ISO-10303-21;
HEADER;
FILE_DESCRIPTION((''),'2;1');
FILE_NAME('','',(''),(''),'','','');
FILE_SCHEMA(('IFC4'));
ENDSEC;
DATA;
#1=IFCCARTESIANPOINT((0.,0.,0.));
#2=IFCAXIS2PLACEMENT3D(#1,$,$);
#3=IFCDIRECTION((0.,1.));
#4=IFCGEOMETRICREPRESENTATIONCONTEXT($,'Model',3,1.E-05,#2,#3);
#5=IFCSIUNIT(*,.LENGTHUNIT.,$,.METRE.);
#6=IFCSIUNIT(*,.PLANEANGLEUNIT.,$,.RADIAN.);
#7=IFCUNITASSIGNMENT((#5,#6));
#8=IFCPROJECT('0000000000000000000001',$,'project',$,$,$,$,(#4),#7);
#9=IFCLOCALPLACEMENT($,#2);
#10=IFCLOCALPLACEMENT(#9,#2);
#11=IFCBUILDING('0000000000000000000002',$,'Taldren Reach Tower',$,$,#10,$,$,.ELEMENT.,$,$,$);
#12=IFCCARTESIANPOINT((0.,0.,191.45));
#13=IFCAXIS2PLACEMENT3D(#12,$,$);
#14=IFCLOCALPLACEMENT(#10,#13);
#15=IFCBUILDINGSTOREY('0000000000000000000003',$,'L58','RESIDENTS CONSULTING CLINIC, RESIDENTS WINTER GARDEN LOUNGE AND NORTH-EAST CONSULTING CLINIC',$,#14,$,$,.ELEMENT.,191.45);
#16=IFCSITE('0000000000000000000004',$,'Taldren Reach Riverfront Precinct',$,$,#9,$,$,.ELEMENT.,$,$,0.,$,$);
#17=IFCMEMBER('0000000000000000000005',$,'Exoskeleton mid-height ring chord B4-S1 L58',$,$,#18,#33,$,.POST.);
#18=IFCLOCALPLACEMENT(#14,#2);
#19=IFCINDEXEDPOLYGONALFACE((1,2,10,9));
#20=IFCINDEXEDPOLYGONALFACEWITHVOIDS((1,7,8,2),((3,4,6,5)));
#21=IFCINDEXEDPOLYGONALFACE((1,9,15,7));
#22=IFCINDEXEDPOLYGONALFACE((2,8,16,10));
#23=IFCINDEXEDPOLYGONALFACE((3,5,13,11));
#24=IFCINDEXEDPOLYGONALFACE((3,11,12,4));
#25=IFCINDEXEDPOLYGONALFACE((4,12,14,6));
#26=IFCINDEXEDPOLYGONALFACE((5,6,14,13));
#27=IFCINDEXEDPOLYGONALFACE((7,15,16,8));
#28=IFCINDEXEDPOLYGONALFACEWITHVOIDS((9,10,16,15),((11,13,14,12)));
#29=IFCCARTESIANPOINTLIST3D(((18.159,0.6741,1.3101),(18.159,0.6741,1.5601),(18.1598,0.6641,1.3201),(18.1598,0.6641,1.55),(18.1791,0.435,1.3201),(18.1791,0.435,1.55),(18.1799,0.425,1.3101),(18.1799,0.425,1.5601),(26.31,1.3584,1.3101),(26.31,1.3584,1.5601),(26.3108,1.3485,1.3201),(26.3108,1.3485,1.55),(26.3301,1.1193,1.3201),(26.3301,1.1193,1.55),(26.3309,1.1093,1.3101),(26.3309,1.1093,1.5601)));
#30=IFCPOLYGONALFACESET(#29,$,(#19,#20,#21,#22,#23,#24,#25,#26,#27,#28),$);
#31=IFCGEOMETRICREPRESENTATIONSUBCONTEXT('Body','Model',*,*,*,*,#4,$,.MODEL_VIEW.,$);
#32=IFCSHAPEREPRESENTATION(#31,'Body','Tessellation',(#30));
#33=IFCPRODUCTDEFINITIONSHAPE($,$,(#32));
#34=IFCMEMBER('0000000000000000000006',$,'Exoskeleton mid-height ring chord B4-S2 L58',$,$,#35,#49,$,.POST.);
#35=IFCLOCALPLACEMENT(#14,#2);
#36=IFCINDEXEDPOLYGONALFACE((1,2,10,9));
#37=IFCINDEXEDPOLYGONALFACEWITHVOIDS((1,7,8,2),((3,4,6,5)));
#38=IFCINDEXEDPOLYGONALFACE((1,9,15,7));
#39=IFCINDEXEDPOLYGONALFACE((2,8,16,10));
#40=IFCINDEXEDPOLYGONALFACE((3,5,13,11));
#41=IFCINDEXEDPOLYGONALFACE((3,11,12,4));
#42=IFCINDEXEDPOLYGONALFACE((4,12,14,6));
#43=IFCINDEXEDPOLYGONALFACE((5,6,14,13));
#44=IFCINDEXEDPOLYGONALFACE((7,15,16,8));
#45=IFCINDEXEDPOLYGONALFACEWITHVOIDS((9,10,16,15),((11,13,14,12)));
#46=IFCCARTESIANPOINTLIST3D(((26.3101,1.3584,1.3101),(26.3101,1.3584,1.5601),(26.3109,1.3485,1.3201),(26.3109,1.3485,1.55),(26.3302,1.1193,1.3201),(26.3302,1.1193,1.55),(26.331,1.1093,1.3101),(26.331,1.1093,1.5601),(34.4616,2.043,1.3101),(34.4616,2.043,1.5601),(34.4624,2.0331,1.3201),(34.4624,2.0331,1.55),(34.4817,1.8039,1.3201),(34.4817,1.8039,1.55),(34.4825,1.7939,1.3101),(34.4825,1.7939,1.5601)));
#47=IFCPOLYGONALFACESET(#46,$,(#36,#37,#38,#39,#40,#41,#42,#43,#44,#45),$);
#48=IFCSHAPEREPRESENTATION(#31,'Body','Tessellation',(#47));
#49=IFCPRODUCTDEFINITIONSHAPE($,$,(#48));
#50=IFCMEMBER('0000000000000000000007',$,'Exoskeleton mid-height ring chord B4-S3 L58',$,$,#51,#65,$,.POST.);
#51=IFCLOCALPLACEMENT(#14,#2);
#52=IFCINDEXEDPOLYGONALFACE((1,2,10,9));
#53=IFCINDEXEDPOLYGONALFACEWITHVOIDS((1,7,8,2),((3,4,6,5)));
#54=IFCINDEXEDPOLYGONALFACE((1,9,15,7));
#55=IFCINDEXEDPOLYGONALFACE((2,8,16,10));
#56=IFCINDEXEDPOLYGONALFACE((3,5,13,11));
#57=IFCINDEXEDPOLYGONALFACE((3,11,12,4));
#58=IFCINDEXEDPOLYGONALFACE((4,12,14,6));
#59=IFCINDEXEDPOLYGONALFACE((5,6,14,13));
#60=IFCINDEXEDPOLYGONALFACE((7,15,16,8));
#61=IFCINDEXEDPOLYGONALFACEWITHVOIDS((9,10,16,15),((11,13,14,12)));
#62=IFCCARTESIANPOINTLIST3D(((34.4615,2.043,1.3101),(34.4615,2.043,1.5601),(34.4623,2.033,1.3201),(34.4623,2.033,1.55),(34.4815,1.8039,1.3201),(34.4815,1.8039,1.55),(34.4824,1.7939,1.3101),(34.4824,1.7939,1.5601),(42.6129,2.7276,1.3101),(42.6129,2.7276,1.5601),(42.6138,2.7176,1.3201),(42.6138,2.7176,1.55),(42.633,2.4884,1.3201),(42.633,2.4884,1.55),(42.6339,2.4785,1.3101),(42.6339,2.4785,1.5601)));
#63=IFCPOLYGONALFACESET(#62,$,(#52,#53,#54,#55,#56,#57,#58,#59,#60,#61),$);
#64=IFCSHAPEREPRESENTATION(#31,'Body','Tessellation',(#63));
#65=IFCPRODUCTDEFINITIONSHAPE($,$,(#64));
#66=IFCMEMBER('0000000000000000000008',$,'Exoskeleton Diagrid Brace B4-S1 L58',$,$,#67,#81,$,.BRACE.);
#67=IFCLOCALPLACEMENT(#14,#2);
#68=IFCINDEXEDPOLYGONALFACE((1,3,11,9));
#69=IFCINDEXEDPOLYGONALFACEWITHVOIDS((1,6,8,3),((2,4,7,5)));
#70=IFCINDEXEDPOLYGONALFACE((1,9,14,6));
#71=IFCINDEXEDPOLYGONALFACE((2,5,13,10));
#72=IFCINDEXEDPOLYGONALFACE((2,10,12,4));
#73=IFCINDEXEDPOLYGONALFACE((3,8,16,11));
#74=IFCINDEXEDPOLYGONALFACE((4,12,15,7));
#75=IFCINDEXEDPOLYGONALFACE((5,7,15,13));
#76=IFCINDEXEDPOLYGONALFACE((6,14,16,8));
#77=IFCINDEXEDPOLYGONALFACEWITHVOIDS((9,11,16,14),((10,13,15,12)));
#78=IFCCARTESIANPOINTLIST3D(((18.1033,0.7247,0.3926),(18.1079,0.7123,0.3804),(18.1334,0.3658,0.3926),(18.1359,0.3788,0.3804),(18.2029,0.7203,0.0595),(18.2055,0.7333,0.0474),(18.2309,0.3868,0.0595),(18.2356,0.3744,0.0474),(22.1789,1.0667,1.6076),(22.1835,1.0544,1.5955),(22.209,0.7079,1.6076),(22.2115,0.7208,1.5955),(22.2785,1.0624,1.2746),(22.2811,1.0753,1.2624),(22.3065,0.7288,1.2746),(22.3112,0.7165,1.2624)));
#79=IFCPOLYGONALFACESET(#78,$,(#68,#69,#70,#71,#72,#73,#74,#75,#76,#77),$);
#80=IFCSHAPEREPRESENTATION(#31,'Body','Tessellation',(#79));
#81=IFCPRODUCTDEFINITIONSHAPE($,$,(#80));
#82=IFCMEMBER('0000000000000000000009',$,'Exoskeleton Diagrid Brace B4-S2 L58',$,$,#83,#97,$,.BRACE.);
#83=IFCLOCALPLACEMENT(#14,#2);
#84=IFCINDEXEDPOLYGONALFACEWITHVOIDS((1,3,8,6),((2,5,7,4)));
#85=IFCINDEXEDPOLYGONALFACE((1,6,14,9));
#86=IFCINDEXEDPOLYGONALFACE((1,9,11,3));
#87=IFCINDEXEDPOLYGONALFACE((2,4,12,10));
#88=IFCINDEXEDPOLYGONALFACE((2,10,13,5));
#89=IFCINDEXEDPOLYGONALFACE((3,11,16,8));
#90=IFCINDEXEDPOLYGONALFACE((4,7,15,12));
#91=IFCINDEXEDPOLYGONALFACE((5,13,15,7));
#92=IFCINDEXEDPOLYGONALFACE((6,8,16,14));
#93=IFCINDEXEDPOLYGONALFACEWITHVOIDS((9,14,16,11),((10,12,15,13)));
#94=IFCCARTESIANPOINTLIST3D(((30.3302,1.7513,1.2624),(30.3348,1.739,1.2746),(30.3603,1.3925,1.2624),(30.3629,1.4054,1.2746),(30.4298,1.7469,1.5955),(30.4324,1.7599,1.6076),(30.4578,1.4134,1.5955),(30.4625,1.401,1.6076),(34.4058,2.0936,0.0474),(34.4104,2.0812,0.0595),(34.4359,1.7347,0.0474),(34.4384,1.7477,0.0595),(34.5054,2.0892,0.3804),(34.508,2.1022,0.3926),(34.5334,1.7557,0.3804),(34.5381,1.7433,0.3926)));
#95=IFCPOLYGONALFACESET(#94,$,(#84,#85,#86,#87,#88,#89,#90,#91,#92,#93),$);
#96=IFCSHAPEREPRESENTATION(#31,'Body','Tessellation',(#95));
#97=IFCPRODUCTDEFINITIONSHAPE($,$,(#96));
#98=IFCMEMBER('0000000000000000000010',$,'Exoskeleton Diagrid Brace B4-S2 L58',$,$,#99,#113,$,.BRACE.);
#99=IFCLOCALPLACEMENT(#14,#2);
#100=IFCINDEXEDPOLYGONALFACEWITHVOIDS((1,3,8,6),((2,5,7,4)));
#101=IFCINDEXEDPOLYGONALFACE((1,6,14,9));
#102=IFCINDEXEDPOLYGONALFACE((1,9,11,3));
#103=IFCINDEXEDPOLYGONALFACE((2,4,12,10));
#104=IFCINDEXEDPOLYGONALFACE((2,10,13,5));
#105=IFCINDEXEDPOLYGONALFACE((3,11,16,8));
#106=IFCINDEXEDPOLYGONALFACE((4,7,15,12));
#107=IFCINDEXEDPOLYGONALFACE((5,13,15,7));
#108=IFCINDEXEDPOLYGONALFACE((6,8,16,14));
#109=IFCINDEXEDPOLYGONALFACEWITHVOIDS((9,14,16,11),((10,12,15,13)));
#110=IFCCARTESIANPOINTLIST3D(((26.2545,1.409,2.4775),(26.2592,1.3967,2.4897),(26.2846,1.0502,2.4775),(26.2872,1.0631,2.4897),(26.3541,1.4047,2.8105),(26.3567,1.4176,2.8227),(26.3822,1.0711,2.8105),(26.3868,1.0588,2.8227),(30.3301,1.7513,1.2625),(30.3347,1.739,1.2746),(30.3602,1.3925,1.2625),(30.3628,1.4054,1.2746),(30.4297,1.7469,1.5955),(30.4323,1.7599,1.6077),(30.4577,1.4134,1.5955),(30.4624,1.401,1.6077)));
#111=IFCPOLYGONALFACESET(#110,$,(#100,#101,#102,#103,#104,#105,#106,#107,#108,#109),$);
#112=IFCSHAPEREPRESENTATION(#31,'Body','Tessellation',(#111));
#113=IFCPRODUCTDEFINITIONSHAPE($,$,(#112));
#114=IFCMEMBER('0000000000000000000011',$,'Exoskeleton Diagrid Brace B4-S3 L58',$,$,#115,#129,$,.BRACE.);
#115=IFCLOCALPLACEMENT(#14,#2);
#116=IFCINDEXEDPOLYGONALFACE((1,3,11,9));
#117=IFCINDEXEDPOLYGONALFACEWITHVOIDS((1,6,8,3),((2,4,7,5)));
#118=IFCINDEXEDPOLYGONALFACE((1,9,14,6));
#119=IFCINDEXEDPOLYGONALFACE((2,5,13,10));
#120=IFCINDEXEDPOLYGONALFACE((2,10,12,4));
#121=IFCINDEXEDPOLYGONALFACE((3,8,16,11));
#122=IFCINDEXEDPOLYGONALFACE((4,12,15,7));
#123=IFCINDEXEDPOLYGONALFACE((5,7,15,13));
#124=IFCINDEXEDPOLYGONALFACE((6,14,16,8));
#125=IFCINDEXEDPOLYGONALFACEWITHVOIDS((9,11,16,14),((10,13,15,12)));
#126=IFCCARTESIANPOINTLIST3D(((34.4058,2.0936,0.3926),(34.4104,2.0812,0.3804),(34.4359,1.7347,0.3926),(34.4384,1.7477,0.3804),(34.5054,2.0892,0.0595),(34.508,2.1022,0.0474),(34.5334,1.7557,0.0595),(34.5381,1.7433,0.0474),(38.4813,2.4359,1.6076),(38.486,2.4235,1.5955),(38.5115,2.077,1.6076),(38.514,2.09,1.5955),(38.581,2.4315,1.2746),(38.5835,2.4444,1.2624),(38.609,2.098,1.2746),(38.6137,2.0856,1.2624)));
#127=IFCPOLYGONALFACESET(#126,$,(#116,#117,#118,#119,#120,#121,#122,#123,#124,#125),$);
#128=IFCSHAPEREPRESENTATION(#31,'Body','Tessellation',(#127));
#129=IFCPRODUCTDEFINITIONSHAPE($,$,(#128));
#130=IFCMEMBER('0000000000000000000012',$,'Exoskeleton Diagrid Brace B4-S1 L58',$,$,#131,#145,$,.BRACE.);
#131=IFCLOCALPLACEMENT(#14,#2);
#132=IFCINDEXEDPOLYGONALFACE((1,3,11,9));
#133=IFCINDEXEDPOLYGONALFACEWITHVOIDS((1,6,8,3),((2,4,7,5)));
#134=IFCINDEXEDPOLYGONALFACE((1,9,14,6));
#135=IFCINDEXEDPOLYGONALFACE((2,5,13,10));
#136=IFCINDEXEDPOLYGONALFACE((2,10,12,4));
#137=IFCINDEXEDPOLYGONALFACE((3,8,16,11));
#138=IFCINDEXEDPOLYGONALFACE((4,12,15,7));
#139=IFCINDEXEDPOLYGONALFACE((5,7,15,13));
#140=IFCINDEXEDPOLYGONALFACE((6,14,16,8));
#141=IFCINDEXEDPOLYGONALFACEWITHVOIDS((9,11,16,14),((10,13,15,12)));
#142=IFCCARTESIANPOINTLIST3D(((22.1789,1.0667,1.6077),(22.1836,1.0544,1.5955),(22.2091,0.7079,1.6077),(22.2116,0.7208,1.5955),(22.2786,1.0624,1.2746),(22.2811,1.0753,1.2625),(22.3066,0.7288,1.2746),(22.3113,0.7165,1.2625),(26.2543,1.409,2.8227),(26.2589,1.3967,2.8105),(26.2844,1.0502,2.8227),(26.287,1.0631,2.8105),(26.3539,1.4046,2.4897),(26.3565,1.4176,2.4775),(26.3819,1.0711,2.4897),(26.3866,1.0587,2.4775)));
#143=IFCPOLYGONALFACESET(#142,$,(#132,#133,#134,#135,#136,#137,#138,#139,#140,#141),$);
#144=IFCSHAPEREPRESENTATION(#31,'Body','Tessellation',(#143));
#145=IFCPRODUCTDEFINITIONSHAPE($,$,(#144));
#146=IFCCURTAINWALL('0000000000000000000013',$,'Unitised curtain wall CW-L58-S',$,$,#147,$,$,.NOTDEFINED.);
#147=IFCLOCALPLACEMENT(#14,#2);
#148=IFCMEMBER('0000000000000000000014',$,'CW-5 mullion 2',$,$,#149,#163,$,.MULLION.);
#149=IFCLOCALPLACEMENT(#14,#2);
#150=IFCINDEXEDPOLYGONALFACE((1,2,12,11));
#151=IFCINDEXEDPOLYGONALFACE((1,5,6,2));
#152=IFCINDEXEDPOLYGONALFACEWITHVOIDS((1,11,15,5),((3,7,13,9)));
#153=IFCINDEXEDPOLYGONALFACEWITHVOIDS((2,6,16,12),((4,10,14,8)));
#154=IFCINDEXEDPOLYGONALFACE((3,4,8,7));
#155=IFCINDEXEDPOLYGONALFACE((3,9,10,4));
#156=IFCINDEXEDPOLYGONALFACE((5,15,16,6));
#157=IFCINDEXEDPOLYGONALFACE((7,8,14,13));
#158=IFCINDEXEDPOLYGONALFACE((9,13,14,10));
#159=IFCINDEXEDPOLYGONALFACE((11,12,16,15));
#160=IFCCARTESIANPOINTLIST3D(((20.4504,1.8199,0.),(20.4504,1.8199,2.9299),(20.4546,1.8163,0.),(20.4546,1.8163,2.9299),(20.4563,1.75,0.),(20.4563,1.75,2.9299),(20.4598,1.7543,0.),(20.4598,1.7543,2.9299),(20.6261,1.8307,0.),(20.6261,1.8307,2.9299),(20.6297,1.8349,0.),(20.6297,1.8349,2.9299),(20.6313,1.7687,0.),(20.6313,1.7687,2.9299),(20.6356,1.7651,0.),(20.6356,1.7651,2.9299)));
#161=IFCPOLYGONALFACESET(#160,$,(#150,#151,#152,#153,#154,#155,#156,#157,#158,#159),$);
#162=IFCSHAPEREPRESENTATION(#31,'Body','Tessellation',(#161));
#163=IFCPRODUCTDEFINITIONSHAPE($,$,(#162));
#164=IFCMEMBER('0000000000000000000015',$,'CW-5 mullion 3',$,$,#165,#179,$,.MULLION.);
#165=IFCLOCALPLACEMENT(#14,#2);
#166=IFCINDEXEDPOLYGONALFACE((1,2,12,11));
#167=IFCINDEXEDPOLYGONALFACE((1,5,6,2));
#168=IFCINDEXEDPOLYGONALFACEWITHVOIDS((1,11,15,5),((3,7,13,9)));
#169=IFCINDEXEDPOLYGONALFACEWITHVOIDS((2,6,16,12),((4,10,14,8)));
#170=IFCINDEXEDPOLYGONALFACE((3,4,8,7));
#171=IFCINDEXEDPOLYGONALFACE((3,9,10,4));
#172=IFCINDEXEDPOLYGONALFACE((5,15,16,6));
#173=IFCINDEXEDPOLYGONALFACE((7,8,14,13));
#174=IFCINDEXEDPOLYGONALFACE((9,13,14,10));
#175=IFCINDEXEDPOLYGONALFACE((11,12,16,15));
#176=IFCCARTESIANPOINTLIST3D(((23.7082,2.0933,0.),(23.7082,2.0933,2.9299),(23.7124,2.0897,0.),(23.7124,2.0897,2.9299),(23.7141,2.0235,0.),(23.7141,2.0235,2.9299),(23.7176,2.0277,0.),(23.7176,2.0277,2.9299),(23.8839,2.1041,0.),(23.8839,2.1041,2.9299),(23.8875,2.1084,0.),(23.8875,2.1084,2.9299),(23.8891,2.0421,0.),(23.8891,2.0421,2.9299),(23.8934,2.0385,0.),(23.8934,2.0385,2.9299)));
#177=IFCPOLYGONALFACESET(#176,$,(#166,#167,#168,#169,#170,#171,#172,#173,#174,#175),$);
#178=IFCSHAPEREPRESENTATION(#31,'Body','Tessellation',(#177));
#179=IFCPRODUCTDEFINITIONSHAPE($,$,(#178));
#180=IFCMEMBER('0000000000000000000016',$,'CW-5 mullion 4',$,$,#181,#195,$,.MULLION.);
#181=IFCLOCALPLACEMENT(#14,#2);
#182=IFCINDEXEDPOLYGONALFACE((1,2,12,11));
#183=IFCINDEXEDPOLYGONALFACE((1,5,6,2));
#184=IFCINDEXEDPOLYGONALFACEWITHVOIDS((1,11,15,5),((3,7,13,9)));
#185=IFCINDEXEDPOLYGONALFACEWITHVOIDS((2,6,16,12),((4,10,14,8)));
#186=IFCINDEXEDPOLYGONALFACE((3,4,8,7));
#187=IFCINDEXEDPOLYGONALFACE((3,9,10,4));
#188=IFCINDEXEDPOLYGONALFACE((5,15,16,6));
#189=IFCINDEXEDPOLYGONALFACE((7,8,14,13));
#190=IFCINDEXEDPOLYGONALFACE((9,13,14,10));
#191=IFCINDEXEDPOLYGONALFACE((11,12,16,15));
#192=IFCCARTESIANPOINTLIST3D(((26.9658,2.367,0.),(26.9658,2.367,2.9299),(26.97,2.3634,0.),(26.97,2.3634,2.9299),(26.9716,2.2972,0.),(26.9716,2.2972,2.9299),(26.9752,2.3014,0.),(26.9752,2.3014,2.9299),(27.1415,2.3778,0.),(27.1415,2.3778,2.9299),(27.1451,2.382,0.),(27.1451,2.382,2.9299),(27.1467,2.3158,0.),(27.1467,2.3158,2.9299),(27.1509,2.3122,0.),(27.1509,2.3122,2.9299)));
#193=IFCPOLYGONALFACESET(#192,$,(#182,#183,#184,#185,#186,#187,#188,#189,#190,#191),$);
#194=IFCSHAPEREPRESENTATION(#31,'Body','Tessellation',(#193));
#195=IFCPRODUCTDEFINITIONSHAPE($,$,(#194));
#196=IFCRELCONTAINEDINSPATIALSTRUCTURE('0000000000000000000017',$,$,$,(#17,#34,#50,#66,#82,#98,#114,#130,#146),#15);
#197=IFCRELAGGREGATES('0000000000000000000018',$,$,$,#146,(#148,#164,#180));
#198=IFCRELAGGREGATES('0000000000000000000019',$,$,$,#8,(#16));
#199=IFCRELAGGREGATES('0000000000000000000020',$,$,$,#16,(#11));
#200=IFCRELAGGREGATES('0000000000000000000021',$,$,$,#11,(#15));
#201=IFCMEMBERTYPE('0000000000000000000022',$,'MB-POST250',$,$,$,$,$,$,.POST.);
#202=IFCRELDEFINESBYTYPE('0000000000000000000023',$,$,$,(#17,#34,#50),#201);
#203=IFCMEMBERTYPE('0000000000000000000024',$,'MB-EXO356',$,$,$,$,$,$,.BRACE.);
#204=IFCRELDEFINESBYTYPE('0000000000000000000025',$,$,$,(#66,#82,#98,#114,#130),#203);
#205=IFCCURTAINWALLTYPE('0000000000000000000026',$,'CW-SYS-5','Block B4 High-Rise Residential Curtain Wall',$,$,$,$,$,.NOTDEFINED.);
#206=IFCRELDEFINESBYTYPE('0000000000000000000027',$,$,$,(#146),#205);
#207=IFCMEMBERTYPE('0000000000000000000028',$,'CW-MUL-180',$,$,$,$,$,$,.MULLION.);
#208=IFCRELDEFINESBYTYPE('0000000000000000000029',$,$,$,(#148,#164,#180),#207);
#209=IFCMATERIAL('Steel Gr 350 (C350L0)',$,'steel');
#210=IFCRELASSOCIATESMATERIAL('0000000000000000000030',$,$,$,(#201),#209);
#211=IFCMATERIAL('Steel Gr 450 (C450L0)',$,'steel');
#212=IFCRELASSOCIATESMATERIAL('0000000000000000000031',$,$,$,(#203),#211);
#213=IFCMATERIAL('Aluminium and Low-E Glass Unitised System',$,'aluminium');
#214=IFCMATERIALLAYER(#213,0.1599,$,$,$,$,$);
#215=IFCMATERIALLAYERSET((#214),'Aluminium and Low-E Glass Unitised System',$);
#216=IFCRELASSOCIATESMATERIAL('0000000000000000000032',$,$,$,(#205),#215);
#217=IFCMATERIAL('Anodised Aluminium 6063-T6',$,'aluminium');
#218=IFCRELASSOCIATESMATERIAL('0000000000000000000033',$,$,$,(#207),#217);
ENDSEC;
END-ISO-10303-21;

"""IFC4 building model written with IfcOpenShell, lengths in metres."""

from ifc_helpers import new_model, si_unit, direction, frame, origin, origin_2d, place, context, subcontext, project, spatial, hollow_rectangle, extrude, source, transform, mapped, material, layer, layer_set, material_profile, profile_set, type_object, element, aggregate, save


model = new_model("IFC4")

# Units and contexts
model_context = context("Model", 3, precision=1e-05, world=origin(), true_north=direction((0.0, 1.0)))
body_context = subcontext(model_context, "Body", "Model", "MODEL_VIEW")
ifc_project = project(units=[si_unit("LENGTHUNIT", "METRE"), si_unit("PLANEANGLEUNIT", "RADIAN")], contexts=[model_context])

# Site, building, storey
site_placement = place(None, origin())
site = spatial("IfcSite", under=ifc_project, at=site_placement, Name="Taldren Reach Riverfront Precinct", CompositionType="ELEMENT", RefElevation=0.0)
building_placement = place(site_placement, origin())
building = spatial("IfcBuilding", under=site, at=building_placement, Name="Taldren Reach Tower", CompositionType="ELEMENT")
storey_placement = place(building_placement, frame((0.0, 0.0, 191.45)))
storey = spatial("IfcBuildingStorey", under=building, at=storey_placement, Name="L58", Description="RESIDENTS CONSULTING CLINIC, RESIDENTS WINTER GARDEN LOUNGE AND NORTH-EAST CONSULTING CLINIC", CompositionType="ELEMENT", Elevation=191.45)

# Members
ifc_material_1 = material(Name="Steel Gr 350 (C350L0)", Category="steel")
ifc_material_profile_1 = material_profile(ifc_material_1, hollow_rectangle(XDim=0.25, YDim=0.25, WallThickness=0.01, at=origin_2d()), Name="250x250x10.0SHS")
ifc_profile_set_1 = profile_set([ifc_material_profile_1], Name="Steel Gr 350 (C350L0)")
member_type_1 = type_object("IfcMemberType", Name="MB-POST250", PredefinedType="POST", material=ifc_profile_set_1)
shared_shape_1 = source(origin(), body_context, "Body", "SweptSolid", [
    extrude(hollow_rectangle(XDim=0.25, YDim=0.25, WallThickness=0.01, at=origin_2d()), origin(), (0.0, 0.0, 1.0), 8.1797),
])
member_1_placement = place(storey_placement, frame((18.1694, 0.5496, 1.4351), z_axis=(0.996494, 0.083661, 0.0), x_axis=(-0.083661, 0.996494, 0.0)))
element("IfcMember", 1, at=member_1_placement, inside=storey, type_object=member_type_1, Name="Exoskeleton mid-height ring chord B4-S1 L58", PredefinedType="POST", context=body_context, shape_type="MappedRepresentation", body=[
    mapped(shared_shape_1, transform((0.0, 0.0, 0.0), scale=1.0)),
])
shared_shape_2 = source(origin(), body_context, "Body", "SweptSolid", [
    extrude(hollow_rectangle(XDim=0.25, YDim=0.25, WallThickness=0.01, at=origin_2d()), origin(), (0.0, 0.0, 1.0), 8.1802),
])
for number, where, z_axis, x_axis, name in (
    (2, (26.3206, 1.2339, 1.4351), (0.996492, 0.083688, 0.0), (-0.083688, 0.996492, 0.0), "Exoskeleton mid-height ring chord B4-S2 L58"),
    (3, (34.4719, 1.9185, 1.4351), (0.996492, 0.083688, 0.0), (-0.083688, 0.996492, 0.0), "Exoskeleton mid-height ring chord B4-S3 L58"),
):
    element("IfcMember", number, at=place(storey_placement, frame(where, z_axis=z_axis, x_axis=x_axis)), inside=storey, type_object=member_type_1, Name=name, PredefinedType="POST", context=body_context, shape_type="MappedRepresentation", body=[
        mapped(shared_shape_2, transform((0.0, 0.0, 0.0), scale=1.0)),
    ])
ifc_material_2 = material(Name="Steel Gr 450 (C450L0)", Category="steel")
ifc_material_profile_2 = material_profile(ifc_material_2, hollow_rectangle(XDim=0.3601, YDim=0.3601, WallThickness=0.0127, at=origin_2d()), Name="360x360x12.7SHS")
ifc_profile_set_2 = profile_set([ifc_material_profile_2], Name="Steel Gr 450 (C450L0)")
member_type_2 = type_object("IfcMemberType", Name="MB-EXO356", PredefinedType="BRACE", material=ifc_profile_set_2)
shared_shape_3 = source(origin(), body_context, "Body", "SweptSolid", [
    extrude(hollow_rectangle(XDim=0.3601, YDim=0.3601, WallThickness=0.0127, at=origin_2d()), origin(), (0.0, 0.0, 1.0), 4.2666),
])
for number, where, z_axis, x_axis, name in (
    (4, (18.1694, 0.5496, 0.22), (0.955234, 0.080165, 0.284785), (-0.083628, 0.996497, 0.0), "Exoskeleton Diagrid Brace B4-S1 L58"),
    (5, (34.4719, 1.9185, 0.22), (-0.955229, -0.080222, 0.284783), (0.083688, -0.996492, 0.0), "Exoskeleton Diagrid Brace B4-S2 L58"),
    (6, (30.3962, 1.5762, 1.4351), (-0.955229, -0.080222, 0.284783), (0.083688, -0.996492, 0.0), "Exoskeleton Diagrid Brace B4-S2 L58"),
    (7, (34.4719, 1.9185, 0.22), (0.955229, 0.080222, 0.284783), (-0.083688, 0.996492, 0.0), "Exoskeleton Diagrid Brace B4-S3 L58"),
):
    element("IfcMember", number, at=place(storey_placement, frame(where, z_axis=z_axis, x_axis=x_axis)), inside=storey, type_object=member_type_2, Name=name, PredefinedType="BRACE", context=body_context, shape_type="MappedRepresentation", body=[
        mapped(shared_shape_3, transform((0.0, 0.0, 0.0), scale=1.0)),
    ])
shared_shape_4 = source(origin(), body_context, "Body", "SweptSolid", [
    extrude(hollow_rectangle(XDim=0.3601, YDim=0.3601, WallThickness=0.0127, at=origin_2d()), origin(), (0.0, 0.0, 1.0), 4.2664),
])
member_2_placement = place(storey_placement, frame((22.2451, 0.8916, 1.4351), z_axis=(0.955224, 0.080227, 0.284799), x_axis=(-0.083693, 0.996492, 0.0)))
element("IfcMember", 8, at=member_2_placement, inside=storey, type_object=member_type_2, Name="Exoskeleton Diagrid Brace B4-S1 L58", PredefinedType="BRACE", context=body_context, shape_type="MappedRepresentation", body=[
    mapped(shared_shape_4, transform((0.0, 0.0, 0.0), scale=1.0)),
])

# Curtain wall, members
ifc_material_3 = material(Name="Aluminium and Low-E Glass Unitised System", Category="aluminium")
ifc_layer_1 = layer(ifc_material_3, 0.1599)
ifc_layer_set_1 = layer_set([ifc_layer_1], Name="Aluminium and Low-E Glass Unitised System")
curtain_wall_type = type_object("IfcCurtainWallType", Name="CW-SYS-5", Description="Block B4 High-Rise Residential Curtain Wall", PredefinedType="NOTDEFINED", material=ifc_layer_set_1)
curtain_wall_placement = place(storey_placement, origin())
curtain_wall = element("IfcCurtainWall", 9, at=curtain_wall_placement, inside=storey, type_object=curtain_wall_type, Name="Unitised curtain wall CW-L58-S", PredefinedType="NOTDEFINED")
ifc_material_4 = material(Name="Anodised Aluminium 6063-T6", Category="aluminium")
ifc_material_profile_3 = material_profile(ifc_material_4, hollow_rectangle(XDim=0.0701, YDim=0.1799, WallThickness=0.0039, at=origin_2d()), Name="ALU-180x70x4RHS")
ifc_profile_set_3 = profile_set([ifc_material_profile_3], Name="Anodised Aluminium 6063-T6")
member_type_3 = type_object("IfcMemberType", Name="CW-MUL-180", PredefinedType="MULLION", material=ifc_profile_set_3)
shared_shape_5 = source(origin(), body_context, "Body", "SweptSolid", [
    extrude(hollow_rectangle(XDim=0.0701, YDim=0.1799, WallThickness=0.0039, at=origin_2d()), origin(), (0.0, 0.0, 1.0), 2.9299),
])
member_3_placement = place(storey_placement, frame((20.543, 1.7925, 0.0), z_axis=(0.0, 0.0, 1.0), x_axis=(-0.083678, 0.996493, 0.0)))
member_3 = element("IfcMember", 10, at=member_3_placement, type_object=member_type_3, Name="CW-5 mullion 2", PredefinedType="MULLION", context=body_context, shape_type="MappedRepresentation", body=[
    mapped(shared_shape_5, transform((0.0, 0.0, 0.0), scale=1.0)),
])
member_4_placement = place(storey_placement, frame((23.8008, 2.0659, 0.0), z_axis=(0.0, 0.0, 1.0), x_axis=(-0.083678, 0.996493, 0.0)))
member_4 = element("IfcMember", 11, at=member_4_placement, type_object=member_type_3, Name="CW-5 mullion 3", PredefinedType="MULLION", context=body_context, shape_type="MappedRepresentation", body=[
    mapped(shared_shape_5, transform((0.0, 0.0, 0.0), scale=1.0)),
])
member_5_placement = place(storey_placement, frame((27.0583, 2.3396, 0.0), z_axis=(0.0, 0.0, 1.0), x_axis=(-0.083678, 0.996493, 0.0)))
member_5 = element("IfcMember", 12, at=member_5_placement, type_object=member_type_3, Name="CW-5 mullion 4", PredefinedType="MULLION", context=body_context, shape_type="MappedRepresentation", body=[
    mapped(shared_shape_5, transform((0.0, 0.0, 0.0), scale=1.0)),
])

aggregate(curtain_wall, [member_3, member_4, member_5])

save(model, "model.ifc")
